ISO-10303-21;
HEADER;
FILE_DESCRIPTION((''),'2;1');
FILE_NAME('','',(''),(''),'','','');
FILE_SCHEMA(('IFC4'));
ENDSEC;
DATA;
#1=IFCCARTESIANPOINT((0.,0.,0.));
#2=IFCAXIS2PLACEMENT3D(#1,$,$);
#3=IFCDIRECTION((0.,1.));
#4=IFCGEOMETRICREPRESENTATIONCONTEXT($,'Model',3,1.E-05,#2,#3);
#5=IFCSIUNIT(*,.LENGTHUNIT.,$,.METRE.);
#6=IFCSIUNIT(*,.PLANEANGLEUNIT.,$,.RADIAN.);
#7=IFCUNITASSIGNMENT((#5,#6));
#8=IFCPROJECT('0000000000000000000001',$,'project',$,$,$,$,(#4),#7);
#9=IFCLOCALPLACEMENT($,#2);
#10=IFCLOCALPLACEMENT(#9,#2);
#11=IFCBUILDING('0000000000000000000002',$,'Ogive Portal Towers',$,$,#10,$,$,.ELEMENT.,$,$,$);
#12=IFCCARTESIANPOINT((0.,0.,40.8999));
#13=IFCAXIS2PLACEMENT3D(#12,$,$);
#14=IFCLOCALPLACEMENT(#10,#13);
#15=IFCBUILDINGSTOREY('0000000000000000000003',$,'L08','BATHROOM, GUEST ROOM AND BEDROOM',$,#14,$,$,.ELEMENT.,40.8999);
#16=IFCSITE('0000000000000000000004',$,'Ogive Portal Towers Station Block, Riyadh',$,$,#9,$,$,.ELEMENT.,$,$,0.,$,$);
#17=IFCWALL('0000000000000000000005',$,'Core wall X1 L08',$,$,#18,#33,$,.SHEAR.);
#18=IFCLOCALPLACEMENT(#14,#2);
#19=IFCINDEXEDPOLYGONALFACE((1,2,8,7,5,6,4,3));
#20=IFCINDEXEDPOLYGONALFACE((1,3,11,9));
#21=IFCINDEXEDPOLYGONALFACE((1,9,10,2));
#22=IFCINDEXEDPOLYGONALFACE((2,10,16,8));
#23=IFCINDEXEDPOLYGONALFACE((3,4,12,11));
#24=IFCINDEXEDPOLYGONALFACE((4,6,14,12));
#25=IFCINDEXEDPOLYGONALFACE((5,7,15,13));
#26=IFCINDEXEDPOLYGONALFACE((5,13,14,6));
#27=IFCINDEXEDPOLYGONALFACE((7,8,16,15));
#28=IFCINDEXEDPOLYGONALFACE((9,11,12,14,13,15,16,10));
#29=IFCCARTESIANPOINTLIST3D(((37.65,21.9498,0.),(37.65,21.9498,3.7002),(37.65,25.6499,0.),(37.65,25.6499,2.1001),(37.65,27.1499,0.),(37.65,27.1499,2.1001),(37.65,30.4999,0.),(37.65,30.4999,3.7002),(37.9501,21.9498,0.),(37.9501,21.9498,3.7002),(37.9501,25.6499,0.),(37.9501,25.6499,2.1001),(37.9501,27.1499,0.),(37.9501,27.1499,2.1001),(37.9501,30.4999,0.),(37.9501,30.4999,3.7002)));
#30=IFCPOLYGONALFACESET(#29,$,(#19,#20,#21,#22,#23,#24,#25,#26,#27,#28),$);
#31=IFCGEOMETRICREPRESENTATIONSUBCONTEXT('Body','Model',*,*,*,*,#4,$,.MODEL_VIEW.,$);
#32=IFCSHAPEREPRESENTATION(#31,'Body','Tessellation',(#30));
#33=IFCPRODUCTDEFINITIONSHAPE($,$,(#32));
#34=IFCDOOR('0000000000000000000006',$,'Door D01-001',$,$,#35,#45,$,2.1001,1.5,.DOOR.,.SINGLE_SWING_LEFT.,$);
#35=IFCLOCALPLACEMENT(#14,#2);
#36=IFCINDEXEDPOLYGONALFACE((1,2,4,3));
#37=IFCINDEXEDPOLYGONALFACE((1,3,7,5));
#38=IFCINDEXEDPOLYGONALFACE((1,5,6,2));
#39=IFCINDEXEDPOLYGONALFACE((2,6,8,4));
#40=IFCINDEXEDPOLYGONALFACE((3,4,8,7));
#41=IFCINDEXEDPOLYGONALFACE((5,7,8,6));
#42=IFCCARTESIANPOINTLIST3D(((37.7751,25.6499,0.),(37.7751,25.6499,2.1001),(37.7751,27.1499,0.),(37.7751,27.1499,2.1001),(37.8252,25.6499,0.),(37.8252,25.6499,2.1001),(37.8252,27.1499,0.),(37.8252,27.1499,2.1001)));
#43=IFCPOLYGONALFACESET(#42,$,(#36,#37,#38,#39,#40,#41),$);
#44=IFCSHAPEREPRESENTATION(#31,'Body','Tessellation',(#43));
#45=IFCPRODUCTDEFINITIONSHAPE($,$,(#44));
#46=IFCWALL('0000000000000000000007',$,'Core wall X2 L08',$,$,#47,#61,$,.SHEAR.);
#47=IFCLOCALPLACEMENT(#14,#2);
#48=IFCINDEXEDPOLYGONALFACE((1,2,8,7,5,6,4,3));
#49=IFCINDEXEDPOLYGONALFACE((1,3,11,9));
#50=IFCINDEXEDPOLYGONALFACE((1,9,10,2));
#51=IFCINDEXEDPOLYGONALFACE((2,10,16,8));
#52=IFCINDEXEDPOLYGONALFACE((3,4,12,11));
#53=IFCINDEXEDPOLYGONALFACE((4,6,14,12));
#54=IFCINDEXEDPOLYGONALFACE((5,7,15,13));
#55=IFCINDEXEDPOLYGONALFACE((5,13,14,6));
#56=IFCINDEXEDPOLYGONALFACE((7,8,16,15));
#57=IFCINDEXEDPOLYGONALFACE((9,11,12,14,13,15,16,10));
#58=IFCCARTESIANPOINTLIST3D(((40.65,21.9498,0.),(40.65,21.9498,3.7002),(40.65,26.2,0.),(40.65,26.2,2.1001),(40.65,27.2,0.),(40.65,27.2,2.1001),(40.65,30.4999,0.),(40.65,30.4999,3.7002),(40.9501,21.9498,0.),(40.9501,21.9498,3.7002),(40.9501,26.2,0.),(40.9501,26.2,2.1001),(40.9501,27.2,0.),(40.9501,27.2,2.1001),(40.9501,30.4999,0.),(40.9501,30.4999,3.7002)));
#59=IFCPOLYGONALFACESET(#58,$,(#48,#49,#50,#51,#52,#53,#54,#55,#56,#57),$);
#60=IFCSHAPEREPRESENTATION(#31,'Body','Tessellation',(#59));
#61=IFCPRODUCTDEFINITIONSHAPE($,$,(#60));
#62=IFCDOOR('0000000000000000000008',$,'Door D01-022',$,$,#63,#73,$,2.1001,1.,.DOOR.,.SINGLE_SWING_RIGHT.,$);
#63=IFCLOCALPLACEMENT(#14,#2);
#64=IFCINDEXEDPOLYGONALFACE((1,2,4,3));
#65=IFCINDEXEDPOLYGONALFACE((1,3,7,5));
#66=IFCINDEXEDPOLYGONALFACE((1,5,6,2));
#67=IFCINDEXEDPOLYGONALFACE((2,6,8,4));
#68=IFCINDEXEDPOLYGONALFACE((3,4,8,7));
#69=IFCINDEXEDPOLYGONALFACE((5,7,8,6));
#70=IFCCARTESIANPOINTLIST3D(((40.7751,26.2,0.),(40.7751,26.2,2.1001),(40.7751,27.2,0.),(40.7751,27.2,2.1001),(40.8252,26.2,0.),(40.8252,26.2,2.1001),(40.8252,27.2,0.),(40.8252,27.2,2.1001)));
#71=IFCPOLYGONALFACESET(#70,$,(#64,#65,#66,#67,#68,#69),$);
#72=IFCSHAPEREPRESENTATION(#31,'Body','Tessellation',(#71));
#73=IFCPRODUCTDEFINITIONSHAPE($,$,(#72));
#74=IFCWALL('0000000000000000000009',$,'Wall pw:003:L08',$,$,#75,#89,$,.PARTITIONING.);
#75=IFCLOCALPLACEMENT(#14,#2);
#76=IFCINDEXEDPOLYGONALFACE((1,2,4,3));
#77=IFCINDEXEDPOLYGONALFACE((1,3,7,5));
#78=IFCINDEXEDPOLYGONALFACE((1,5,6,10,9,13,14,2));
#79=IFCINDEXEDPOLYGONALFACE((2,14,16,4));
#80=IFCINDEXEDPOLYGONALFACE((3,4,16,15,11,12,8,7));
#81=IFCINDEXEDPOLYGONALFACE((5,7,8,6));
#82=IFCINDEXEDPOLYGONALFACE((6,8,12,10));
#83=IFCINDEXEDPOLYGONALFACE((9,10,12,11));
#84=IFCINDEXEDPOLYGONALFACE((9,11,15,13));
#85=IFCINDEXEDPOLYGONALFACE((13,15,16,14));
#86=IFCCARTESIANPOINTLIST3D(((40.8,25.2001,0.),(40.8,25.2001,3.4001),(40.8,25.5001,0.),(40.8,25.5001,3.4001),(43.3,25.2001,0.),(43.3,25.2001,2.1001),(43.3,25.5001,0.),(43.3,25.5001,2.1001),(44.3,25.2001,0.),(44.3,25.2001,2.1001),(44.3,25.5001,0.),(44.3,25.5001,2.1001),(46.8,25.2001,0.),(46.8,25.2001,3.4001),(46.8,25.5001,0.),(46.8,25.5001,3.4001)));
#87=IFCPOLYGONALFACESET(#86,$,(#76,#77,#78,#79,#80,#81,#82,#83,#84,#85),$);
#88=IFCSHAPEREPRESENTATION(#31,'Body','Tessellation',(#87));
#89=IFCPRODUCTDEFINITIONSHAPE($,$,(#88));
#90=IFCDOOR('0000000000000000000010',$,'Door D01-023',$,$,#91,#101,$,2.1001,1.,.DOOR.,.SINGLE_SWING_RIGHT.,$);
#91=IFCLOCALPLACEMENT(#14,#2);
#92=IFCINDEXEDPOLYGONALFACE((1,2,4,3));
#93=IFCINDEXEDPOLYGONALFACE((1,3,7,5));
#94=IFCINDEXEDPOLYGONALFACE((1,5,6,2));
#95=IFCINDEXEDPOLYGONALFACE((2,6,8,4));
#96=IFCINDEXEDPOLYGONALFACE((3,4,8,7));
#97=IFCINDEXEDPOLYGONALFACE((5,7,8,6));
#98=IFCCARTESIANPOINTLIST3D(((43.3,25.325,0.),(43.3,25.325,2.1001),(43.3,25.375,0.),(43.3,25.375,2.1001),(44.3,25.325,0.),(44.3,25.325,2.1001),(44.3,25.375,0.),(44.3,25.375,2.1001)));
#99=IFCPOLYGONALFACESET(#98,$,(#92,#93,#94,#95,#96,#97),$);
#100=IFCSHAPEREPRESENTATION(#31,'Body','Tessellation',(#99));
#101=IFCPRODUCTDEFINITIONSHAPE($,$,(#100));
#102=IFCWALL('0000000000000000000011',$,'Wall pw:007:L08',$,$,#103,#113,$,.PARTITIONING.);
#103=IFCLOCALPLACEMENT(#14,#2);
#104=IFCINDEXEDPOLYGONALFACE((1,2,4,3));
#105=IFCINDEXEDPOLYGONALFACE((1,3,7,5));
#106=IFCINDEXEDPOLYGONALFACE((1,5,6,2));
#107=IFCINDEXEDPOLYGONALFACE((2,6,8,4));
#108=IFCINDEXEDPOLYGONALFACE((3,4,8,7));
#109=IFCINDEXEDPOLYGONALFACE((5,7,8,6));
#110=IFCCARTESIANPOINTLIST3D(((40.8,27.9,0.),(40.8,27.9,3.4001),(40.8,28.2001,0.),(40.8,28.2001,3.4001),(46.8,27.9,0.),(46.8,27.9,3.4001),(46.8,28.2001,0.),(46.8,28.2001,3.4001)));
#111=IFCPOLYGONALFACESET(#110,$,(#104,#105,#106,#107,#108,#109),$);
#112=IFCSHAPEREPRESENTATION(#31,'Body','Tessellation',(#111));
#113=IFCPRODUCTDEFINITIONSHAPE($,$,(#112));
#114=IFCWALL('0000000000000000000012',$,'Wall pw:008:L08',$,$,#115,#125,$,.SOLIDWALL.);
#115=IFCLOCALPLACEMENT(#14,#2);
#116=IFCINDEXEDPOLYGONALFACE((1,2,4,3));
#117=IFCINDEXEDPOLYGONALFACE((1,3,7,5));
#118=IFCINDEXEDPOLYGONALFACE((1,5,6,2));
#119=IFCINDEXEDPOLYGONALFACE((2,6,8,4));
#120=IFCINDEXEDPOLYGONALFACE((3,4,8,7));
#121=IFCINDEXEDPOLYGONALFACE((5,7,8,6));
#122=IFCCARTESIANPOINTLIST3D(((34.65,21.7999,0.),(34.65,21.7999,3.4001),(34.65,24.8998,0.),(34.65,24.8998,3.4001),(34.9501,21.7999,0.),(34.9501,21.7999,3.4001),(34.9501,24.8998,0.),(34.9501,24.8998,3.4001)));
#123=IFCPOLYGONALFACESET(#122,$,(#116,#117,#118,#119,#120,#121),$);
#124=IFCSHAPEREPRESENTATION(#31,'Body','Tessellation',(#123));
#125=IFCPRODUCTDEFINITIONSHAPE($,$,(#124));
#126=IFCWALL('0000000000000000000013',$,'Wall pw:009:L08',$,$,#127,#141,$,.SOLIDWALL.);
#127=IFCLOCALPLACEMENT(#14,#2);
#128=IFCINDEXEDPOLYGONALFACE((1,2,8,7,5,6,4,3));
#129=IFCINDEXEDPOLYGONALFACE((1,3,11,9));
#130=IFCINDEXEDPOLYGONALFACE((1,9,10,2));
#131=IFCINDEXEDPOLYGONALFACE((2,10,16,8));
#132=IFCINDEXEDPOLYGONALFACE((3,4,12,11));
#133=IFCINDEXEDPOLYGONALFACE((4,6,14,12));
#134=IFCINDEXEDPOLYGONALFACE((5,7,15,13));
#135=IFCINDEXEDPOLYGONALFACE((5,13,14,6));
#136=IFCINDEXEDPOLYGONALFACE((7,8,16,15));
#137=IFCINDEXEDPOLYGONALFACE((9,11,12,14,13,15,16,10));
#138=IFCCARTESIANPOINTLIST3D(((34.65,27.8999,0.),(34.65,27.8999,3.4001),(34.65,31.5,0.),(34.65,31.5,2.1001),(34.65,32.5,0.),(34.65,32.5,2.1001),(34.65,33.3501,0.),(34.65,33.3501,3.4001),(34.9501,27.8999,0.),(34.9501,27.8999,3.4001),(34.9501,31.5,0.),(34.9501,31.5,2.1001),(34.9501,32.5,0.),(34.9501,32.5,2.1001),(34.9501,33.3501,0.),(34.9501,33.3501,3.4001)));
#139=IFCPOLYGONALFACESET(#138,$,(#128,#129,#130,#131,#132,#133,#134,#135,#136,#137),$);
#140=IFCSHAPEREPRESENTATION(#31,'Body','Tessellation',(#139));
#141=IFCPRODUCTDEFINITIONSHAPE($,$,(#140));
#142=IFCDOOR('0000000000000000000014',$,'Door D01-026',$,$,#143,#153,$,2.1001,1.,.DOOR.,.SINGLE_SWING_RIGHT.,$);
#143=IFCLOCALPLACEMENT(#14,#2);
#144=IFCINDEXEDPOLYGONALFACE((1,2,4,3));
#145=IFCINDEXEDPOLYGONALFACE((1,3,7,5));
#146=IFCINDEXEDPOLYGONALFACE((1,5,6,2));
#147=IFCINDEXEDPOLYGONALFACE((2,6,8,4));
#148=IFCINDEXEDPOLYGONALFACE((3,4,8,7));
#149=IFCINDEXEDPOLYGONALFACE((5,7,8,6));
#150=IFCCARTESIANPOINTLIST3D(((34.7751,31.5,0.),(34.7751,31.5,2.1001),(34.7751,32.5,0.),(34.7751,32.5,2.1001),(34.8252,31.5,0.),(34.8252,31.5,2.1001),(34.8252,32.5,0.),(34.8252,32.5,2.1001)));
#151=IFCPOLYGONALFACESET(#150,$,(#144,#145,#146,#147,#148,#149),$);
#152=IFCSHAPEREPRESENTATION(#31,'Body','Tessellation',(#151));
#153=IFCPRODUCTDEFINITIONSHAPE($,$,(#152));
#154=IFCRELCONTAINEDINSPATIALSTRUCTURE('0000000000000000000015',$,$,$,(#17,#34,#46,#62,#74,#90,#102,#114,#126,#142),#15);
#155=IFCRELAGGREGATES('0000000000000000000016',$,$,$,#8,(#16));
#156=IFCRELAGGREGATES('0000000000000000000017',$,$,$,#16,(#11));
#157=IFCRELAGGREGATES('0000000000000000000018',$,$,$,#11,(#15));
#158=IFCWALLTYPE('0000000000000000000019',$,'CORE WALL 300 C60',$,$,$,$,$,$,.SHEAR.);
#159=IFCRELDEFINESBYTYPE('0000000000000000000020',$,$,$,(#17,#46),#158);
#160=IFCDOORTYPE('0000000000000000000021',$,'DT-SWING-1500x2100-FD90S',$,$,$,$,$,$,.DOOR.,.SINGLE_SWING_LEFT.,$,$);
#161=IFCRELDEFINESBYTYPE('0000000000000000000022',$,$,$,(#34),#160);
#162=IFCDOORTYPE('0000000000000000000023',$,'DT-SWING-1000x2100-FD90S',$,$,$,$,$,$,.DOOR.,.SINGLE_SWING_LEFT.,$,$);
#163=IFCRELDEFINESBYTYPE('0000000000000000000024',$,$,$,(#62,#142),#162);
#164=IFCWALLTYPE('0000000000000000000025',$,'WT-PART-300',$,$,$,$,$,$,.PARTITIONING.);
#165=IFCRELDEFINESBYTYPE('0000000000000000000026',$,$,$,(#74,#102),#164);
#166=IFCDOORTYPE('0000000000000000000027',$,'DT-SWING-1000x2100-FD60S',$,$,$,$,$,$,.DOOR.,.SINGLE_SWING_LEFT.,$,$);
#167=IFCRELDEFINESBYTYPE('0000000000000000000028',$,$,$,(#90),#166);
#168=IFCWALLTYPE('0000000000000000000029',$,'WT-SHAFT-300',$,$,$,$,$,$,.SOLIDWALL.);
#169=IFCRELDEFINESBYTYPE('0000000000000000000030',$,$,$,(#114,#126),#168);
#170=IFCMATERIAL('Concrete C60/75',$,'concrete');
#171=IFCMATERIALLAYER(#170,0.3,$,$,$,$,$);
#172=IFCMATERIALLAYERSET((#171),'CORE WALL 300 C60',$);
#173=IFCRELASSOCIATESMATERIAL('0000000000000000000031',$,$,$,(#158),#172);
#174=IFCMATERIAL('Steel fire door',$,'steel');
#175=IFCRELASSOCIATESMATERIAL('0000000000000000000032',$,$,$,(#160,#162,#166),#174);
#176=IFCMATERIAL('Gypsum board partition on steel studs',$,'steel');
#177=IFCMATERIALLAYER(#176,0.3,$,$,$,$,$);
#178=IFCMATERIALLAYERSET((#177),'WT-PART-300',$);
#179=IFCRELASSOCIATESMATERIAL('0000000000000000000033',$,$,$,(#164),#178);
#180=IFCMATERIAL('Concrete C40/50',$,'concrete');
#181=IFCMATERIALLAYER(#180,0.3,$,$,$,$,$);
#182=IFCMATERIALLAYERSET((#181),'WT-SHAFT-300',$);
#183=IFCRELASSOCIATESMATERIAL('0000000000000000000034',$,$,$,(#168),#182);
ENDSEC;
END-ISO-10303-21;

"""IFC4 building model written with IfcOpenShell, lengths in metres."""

from ifc_helpers import new_model, si_unit, direction, frame, frame_2d, origin, place, context, subcontext, project, spatial, rectangle, extrude, material, layer, layer_set, type_object, element, fill, save


model = new_model("IFC4")

# Units and contexts
model_context = context("Model", 3, precision=1e-05, world=origin(), true_north=direction((0.0, 1.0)))
body_context = subcontext(model_context, "Body", "Model", "MODEL_VIEW")
ifc_project = project(units=[si_unit("LENGTHUNIT", "METRE"), si_unit("PLANEANGLEUNIT", "RADIAN")], contexts=[model_context])

# Site, building, storey
site_placement = place(None, origin())
site = spatial("IfcSite", under=ifc_project, at=site_placement, Name="Ogive Portal Towers Station Block, Riyadh", CompositionType="ELEMENT", RefElevation=0.0)
building_placement = place(site_placement, origin())
building = spatial("IfcBuilding", under=site, at=building_placement, Name="Ogive Portal Towers", CompositionType="ELEMENT")
storey_placement = place(building_placement, frame((0.0, 0.0, 40.8999)))
storey = spatial("IfcBuildingStorey", under=building, at=storey_placement, Name="L08", Description="BATHROOM, GUEST ROOM AND BEDROOM", CompositionType="ELEMENT", Elevation=40.8999)

# Walls, openings, doors
ifc_material_1 = material(Name="Concrete C60/75", Category="concrete")
ifc_layer_1 = layer(ifc_material_1, 0.3)
ifc_layer_set_1 = layer_set([ifc_layer_1], Name="CORE WALL 300 C60")
wall_type_1 = type_object("IfcWallType", Name="CORE WALL 300 C60", PredefinedType="SHEAR", material=ifc_layer_set_1)
wall_1_placement = place(storey_placement, frame((37.8, 21.95, 0.0), z_axis=(0.0, 0.0, 1.0), x_axis=(0.0, 1.0, 0.0)))
wall_1 = element("IfcWall", 1, at=wall_1_placement, inside=storey, type_object=wall_type_1, Name="Core wall X1 L08", PredefinedType="SHEAR", context=body_context, shape_type="SweptSolid", body=[
    extrude(rectangle(XDim=8.55, YDim=0.3, at=frame_2d((4.2749, 0.0))), origin(), (0.0, 0.0, 1.0), 3.7002),
])
opening_1_placement = place(wall_1_placement, frame((3.7, 0.0, 0.0)))
opening_1 = element("IfcOpeningElement", 2, at=opening_1_placement, cuts=wall_1, PredefinedType="OPENING", context=body_context, shape_type="SweptSolid", body=[
    extrude(rectangle(XDim=1.5, YDim=2.1001, at=frame_2d((0.75, 1.05))), frame((0.0, 0.1602, 0.0), z_axis=(0.0, -1.0, 0.0), x_axis=(1.0, 0.0, 0.0)), (0.0, 0.0, 1.0), 0.3201),
])
ifc_material_2 = material(Name="Steel fire door", Category="steel")
door_type_1 = type_object("IfcDoorType", Name="DT-SWING-1500x2100-FD90S", OperationType="SINGLE_SWING_LEFT", PredefinedType="DOOR", material=ifc_material_2)
door_1_placement = place(opening_1_placement, origin())
door_1 = element("IfcDoor", 3, at=door_1_placement, inside=storey, type_object=door_type_1, Name="Door D01-001", OperationType="SINGLE_SWING_LEFT", OverallHeight=2.1001, OverallWidth=1.5, PredefinedType="DOOR", context=body_context, shape_type="SweptSolid", body=[
    extrude(rectangle(XDim=1.5, YDim=2.1001, at=frame_2d((0.75, 1.05))), frame((0.0, 0.0249, 0.0), z_axis=(0.0, -1.0, 0.0), x_axis=(1.0, 0.0, 0.0)), (0.0, 0.0, 1.0), 0.05),
])
fill(opening_1, door_1)
wall_2_placement = place(storey_placement, frame((40.8, 21.95, 0.0), z_axis=(0.0, 0.0, 1.0), x_axis=(0.0, 1.0, 0.0)))
wall_2 = element("IfcWall", 4, at=wall_2_placement, inside=storey, type_object=wall_type_1, Name="Core wall X2 L08", PredefinedType="SHEAR", context=body_context, shape_type="SweptSolid", body=[
    extrude(rectangle(XDim=8.55, YDim=0.3, at=frame_2d((4.2749, 0.0))), origin(), (0.0, 0.0, 1.0), 3.7002),
])
opening_2_placement = place(wall_2_placement, frame((4.25, 0.0, 0.0)))
opening_2 = element("IfcOpeningElement", 5, at=opening_2_placement, cuts=wall_2, PredefinedType="OPENING", context=body_context, shape_type="SweptSolid", body=[
    extrude(rectangle(XDim=1.0, YDim=2.1001, at=frame_2d((0.5, 1.05))), frame((0.0, 0.1602, 0.0), z_axis=(0.0, -1.0, 0.0), x_axis=(1.0, 0.0, 0.0)), (0.0, 0.0, 1.0), 0.3201),
])
door_type_2 = type_object("IfcDoorType", Name="DT-SWING-1000x2100-FD90S", OperationType="SINGLE_SWING_LEFT", PredefinedType="DOOR", material=ifc_material_2)
door_2_placement = place(opening_2_placement, origin())
door_2 = element("IfcDoor", 6, at=door_2_placement, inside=storey, type_object=door_type_2, Name="Door D01-022", OperationType="SINGLE_SWING_RIGHT", OverallHeight=2.1001, OverallWidth=1.0, PredefinedType="DOOR", context=body_context, shape_type="SweptSolid", body=[
    extrude(rectangle(XDim=1.0, YDim=2.1001, at=frame_2d((0.5, 1.05))), frame((0.0, 0.0249, 0.0), z_axis=(0.0, -1.0, 0.0), x_axis=(1.0, 0.0, 0.0)), (0.0, 0.0, 1.0), 0.05),
])
fill(opening_2, door_2)
ifc_material_3 = material(Name="Gypsum board partition on steel studs", Category="steel")
ifc_layer_2 = layer(ifc_material_3, 0.3)
ifc_layer_set_2 = layer_set([ifc_layer_2], Name="WT-PART-300")
wall_type_2 = type_object("IfcWallType", Name="WT-PART-300", PredefinedType="PARTITIONING", material=ifc_layer_set_2)
wall_3_placement = place(storey_placement, frame((40.8, 25.3501, 0.0), z_axis=(0.0, 0.0, 1.0), x_axis=(1.0, 0.0, 0.0)))
wall_3 = element("IfcWall", 7, at=wall_3_placement, inside=storey, type_object=wall_type_2, Name="Wall pw:003:L08", PredefinedType="PARTITIONING", context=body_context, shape_type="SweptSolid", body=[
    extrude(rectangle(XDim=6.0, YDim=0.3, at=frame_2d((3.0, 0.0))), origin(), (0.0, 0.0, 1.0), 3.4001),
])
opening_3_placement = place(wall_3_placement, frame((2.5, 0.0, 0.0)))
opening_3 = element("IfcOpeningElement", 8, at=opening_3_placement, cuts=wall_3, PredefinedType="OPENING", context=body_context, shape_type="SweptSolid", body=[
    extrude(rectangle(XDim=1.0, YDim=2.1001, at=frame_2d((0.5, 1.05))), frame((0.0, 0.1602, 0.0), z_axis=(0.0, -1.0, 0.0), x_axis=(1.0, 0.0, 0.0)), (0.0, 0.0, 1.0), 0.3201),
])
door_type_3 = type_object("IfcDoorType", Name="DT-SWING-1000x2100-FD60S", OperationType="SINGLE_SWING_LEFT", PredefinedType="DOOR", material=ifc_material_2)
door_3_placement = place(opening_3_placement, origin())
door_3 = element("IfcDoor", 9, at=door_3_placement, inside=storey, type_object=door_type_3, Name="Door D01-023", OperationType="SINGLE_SWING_RIGHT", OverallHeight=2.1001, OverallWidth=1.0, PredefinedType="DOOR", context=body_context, shape_type="SweptSolid", body=[
    extrude(rectangle(XDim=1.0, YDim=2.1001, at=frame_2d((0.5, 1.05))), frame((0.0, 0.0249, 0.0), z_axis=(0.0, -1.0, 0.0), x_axis=(1.0, 0.0, 0.0)), (0.0, 0.0, 1.0), 0.05),
])
fill(opening_3, door_3)

# Wall
wall_4_placement = place(storey_placement, frame((40.8, 28.05, 0.0), z_axis=(0.0, 0.0, 1.0), x_axis=(1.0, 0.0, 0.0)))
element("IfcWall", 10, at=wall_4_placement, inside=storey, type_object=wall_type_2, Name="Wall pw:007:L08", PredefinedType="PARTITIONING", context=body_context, shape_type="SweptSolid", body=[
    extrude(rectangle(XDim=6.0, YDim=0.3, at=frame_2d((3.0, 0.0))), origin(), (0.0, 0.0, 1.0), 3.4001),
])

# Shared definitions
ifc_material_4 = material(Name="Concrete C40/50", Category="concrete")
ifc_layer_3 = layer(ifc_material_4, 0.3)
ifc_layer_set_3 = layer_set([ifc_layer_3], Name="WT-SHAFT-300")
wall_type_3 = type_object("IfcWallType", Name="WT-SHAFT-300", PredefinedType="SOLIDWALL", material=ifc_layer_set_3)

# Wall
wall_5_placement = place(storey_placement, frame((34.8, 21.8, 0.0), z_axis=(0.0, 0.0, 1.0), x_axis=(0.0, 1.0, 0.0)))
element("IfcWall", 11, at=wall_5_placement, inside=storey, type_object=wall_type_3, Name="Wall pw:008:L08", PredefinedType="SOLIDWALL", context=body_context, shape_type="SweptSolid", body=[
    extrude(rectangle(XDim=3.0999, YDim=0.3, at=frame_2d((1.5498, 0.0))), origin(), (0.0, 0.0, 1.0), 3.4001),
])

# Wall, opening, door
wall_6_placement = place(storey_placement, frame((34.8, 27.8999, 0.0), z_axis=(0.0, 0.0, 1.0), x_axis=(0.0, 1.0, 0.0)))
wall_6 = element("IfcWall", 12, at=wall_6_placement, inside=storey, type_object=wall_type_3, Name="Wall pw:009:L08", PredefinedType="SOLIDWALL", context=body_context, shape_type="SweptSolid", body=[
    extrude(rectangle(XDim=5.4502, YDim=0.3, at=frame_2d((2.7251, 0.0))), origin(), (0.0, 0.0, 1.0), 3.4001),
])
opening_4_placement = place(wall_6_placement, frame((3.6001, 0.0, 0.0)))
opening_4 = element("IfcOpeningElement", 13, at=opening_4_placement, cuts=wall_6, PredefinedType="OPENING", context=body_context, shape_type="SweptSolid", body=[
    extrude(rectangle(XDim=1.0, YDim=2.1001, at=frame_2d((0.5, 1.05))), frame((0.0, 0.1602, 0.0), z_axis=(0.0, -1.0, 0.0), x_axis=(1.0, 0.0, 0.0)), (0.0, 0.0, 1.0), 0.3201),
])
door_4_placement = place(opening_4_placement, origin())
door_4 = element("IfcDoor", 14, at=door_4_placement, inside=storey, type_object=door_type_2, Name="Door D01-026", OperationType="SINGLE_SWING_RIGHT", OverallHeight=2.1001, OverallWidth=1.0, PredefinedType="DOOR", context=body_context, shape_type="SweptSolid", body=[
    extrude(rectangle(XDim=1.0, YDim=2.1001, at=frame_2d((0.5, 1.05))), frame((0.0, 0.0249, 0.0), z_axis=(0.0, -1.0, 0.0), x_axis=(1.0, 0.0, 0.0)), (0.0, 0.0, 1.0), 0.05),
])
fill(opening_4, door_4)

save(model, "model.ifc")
